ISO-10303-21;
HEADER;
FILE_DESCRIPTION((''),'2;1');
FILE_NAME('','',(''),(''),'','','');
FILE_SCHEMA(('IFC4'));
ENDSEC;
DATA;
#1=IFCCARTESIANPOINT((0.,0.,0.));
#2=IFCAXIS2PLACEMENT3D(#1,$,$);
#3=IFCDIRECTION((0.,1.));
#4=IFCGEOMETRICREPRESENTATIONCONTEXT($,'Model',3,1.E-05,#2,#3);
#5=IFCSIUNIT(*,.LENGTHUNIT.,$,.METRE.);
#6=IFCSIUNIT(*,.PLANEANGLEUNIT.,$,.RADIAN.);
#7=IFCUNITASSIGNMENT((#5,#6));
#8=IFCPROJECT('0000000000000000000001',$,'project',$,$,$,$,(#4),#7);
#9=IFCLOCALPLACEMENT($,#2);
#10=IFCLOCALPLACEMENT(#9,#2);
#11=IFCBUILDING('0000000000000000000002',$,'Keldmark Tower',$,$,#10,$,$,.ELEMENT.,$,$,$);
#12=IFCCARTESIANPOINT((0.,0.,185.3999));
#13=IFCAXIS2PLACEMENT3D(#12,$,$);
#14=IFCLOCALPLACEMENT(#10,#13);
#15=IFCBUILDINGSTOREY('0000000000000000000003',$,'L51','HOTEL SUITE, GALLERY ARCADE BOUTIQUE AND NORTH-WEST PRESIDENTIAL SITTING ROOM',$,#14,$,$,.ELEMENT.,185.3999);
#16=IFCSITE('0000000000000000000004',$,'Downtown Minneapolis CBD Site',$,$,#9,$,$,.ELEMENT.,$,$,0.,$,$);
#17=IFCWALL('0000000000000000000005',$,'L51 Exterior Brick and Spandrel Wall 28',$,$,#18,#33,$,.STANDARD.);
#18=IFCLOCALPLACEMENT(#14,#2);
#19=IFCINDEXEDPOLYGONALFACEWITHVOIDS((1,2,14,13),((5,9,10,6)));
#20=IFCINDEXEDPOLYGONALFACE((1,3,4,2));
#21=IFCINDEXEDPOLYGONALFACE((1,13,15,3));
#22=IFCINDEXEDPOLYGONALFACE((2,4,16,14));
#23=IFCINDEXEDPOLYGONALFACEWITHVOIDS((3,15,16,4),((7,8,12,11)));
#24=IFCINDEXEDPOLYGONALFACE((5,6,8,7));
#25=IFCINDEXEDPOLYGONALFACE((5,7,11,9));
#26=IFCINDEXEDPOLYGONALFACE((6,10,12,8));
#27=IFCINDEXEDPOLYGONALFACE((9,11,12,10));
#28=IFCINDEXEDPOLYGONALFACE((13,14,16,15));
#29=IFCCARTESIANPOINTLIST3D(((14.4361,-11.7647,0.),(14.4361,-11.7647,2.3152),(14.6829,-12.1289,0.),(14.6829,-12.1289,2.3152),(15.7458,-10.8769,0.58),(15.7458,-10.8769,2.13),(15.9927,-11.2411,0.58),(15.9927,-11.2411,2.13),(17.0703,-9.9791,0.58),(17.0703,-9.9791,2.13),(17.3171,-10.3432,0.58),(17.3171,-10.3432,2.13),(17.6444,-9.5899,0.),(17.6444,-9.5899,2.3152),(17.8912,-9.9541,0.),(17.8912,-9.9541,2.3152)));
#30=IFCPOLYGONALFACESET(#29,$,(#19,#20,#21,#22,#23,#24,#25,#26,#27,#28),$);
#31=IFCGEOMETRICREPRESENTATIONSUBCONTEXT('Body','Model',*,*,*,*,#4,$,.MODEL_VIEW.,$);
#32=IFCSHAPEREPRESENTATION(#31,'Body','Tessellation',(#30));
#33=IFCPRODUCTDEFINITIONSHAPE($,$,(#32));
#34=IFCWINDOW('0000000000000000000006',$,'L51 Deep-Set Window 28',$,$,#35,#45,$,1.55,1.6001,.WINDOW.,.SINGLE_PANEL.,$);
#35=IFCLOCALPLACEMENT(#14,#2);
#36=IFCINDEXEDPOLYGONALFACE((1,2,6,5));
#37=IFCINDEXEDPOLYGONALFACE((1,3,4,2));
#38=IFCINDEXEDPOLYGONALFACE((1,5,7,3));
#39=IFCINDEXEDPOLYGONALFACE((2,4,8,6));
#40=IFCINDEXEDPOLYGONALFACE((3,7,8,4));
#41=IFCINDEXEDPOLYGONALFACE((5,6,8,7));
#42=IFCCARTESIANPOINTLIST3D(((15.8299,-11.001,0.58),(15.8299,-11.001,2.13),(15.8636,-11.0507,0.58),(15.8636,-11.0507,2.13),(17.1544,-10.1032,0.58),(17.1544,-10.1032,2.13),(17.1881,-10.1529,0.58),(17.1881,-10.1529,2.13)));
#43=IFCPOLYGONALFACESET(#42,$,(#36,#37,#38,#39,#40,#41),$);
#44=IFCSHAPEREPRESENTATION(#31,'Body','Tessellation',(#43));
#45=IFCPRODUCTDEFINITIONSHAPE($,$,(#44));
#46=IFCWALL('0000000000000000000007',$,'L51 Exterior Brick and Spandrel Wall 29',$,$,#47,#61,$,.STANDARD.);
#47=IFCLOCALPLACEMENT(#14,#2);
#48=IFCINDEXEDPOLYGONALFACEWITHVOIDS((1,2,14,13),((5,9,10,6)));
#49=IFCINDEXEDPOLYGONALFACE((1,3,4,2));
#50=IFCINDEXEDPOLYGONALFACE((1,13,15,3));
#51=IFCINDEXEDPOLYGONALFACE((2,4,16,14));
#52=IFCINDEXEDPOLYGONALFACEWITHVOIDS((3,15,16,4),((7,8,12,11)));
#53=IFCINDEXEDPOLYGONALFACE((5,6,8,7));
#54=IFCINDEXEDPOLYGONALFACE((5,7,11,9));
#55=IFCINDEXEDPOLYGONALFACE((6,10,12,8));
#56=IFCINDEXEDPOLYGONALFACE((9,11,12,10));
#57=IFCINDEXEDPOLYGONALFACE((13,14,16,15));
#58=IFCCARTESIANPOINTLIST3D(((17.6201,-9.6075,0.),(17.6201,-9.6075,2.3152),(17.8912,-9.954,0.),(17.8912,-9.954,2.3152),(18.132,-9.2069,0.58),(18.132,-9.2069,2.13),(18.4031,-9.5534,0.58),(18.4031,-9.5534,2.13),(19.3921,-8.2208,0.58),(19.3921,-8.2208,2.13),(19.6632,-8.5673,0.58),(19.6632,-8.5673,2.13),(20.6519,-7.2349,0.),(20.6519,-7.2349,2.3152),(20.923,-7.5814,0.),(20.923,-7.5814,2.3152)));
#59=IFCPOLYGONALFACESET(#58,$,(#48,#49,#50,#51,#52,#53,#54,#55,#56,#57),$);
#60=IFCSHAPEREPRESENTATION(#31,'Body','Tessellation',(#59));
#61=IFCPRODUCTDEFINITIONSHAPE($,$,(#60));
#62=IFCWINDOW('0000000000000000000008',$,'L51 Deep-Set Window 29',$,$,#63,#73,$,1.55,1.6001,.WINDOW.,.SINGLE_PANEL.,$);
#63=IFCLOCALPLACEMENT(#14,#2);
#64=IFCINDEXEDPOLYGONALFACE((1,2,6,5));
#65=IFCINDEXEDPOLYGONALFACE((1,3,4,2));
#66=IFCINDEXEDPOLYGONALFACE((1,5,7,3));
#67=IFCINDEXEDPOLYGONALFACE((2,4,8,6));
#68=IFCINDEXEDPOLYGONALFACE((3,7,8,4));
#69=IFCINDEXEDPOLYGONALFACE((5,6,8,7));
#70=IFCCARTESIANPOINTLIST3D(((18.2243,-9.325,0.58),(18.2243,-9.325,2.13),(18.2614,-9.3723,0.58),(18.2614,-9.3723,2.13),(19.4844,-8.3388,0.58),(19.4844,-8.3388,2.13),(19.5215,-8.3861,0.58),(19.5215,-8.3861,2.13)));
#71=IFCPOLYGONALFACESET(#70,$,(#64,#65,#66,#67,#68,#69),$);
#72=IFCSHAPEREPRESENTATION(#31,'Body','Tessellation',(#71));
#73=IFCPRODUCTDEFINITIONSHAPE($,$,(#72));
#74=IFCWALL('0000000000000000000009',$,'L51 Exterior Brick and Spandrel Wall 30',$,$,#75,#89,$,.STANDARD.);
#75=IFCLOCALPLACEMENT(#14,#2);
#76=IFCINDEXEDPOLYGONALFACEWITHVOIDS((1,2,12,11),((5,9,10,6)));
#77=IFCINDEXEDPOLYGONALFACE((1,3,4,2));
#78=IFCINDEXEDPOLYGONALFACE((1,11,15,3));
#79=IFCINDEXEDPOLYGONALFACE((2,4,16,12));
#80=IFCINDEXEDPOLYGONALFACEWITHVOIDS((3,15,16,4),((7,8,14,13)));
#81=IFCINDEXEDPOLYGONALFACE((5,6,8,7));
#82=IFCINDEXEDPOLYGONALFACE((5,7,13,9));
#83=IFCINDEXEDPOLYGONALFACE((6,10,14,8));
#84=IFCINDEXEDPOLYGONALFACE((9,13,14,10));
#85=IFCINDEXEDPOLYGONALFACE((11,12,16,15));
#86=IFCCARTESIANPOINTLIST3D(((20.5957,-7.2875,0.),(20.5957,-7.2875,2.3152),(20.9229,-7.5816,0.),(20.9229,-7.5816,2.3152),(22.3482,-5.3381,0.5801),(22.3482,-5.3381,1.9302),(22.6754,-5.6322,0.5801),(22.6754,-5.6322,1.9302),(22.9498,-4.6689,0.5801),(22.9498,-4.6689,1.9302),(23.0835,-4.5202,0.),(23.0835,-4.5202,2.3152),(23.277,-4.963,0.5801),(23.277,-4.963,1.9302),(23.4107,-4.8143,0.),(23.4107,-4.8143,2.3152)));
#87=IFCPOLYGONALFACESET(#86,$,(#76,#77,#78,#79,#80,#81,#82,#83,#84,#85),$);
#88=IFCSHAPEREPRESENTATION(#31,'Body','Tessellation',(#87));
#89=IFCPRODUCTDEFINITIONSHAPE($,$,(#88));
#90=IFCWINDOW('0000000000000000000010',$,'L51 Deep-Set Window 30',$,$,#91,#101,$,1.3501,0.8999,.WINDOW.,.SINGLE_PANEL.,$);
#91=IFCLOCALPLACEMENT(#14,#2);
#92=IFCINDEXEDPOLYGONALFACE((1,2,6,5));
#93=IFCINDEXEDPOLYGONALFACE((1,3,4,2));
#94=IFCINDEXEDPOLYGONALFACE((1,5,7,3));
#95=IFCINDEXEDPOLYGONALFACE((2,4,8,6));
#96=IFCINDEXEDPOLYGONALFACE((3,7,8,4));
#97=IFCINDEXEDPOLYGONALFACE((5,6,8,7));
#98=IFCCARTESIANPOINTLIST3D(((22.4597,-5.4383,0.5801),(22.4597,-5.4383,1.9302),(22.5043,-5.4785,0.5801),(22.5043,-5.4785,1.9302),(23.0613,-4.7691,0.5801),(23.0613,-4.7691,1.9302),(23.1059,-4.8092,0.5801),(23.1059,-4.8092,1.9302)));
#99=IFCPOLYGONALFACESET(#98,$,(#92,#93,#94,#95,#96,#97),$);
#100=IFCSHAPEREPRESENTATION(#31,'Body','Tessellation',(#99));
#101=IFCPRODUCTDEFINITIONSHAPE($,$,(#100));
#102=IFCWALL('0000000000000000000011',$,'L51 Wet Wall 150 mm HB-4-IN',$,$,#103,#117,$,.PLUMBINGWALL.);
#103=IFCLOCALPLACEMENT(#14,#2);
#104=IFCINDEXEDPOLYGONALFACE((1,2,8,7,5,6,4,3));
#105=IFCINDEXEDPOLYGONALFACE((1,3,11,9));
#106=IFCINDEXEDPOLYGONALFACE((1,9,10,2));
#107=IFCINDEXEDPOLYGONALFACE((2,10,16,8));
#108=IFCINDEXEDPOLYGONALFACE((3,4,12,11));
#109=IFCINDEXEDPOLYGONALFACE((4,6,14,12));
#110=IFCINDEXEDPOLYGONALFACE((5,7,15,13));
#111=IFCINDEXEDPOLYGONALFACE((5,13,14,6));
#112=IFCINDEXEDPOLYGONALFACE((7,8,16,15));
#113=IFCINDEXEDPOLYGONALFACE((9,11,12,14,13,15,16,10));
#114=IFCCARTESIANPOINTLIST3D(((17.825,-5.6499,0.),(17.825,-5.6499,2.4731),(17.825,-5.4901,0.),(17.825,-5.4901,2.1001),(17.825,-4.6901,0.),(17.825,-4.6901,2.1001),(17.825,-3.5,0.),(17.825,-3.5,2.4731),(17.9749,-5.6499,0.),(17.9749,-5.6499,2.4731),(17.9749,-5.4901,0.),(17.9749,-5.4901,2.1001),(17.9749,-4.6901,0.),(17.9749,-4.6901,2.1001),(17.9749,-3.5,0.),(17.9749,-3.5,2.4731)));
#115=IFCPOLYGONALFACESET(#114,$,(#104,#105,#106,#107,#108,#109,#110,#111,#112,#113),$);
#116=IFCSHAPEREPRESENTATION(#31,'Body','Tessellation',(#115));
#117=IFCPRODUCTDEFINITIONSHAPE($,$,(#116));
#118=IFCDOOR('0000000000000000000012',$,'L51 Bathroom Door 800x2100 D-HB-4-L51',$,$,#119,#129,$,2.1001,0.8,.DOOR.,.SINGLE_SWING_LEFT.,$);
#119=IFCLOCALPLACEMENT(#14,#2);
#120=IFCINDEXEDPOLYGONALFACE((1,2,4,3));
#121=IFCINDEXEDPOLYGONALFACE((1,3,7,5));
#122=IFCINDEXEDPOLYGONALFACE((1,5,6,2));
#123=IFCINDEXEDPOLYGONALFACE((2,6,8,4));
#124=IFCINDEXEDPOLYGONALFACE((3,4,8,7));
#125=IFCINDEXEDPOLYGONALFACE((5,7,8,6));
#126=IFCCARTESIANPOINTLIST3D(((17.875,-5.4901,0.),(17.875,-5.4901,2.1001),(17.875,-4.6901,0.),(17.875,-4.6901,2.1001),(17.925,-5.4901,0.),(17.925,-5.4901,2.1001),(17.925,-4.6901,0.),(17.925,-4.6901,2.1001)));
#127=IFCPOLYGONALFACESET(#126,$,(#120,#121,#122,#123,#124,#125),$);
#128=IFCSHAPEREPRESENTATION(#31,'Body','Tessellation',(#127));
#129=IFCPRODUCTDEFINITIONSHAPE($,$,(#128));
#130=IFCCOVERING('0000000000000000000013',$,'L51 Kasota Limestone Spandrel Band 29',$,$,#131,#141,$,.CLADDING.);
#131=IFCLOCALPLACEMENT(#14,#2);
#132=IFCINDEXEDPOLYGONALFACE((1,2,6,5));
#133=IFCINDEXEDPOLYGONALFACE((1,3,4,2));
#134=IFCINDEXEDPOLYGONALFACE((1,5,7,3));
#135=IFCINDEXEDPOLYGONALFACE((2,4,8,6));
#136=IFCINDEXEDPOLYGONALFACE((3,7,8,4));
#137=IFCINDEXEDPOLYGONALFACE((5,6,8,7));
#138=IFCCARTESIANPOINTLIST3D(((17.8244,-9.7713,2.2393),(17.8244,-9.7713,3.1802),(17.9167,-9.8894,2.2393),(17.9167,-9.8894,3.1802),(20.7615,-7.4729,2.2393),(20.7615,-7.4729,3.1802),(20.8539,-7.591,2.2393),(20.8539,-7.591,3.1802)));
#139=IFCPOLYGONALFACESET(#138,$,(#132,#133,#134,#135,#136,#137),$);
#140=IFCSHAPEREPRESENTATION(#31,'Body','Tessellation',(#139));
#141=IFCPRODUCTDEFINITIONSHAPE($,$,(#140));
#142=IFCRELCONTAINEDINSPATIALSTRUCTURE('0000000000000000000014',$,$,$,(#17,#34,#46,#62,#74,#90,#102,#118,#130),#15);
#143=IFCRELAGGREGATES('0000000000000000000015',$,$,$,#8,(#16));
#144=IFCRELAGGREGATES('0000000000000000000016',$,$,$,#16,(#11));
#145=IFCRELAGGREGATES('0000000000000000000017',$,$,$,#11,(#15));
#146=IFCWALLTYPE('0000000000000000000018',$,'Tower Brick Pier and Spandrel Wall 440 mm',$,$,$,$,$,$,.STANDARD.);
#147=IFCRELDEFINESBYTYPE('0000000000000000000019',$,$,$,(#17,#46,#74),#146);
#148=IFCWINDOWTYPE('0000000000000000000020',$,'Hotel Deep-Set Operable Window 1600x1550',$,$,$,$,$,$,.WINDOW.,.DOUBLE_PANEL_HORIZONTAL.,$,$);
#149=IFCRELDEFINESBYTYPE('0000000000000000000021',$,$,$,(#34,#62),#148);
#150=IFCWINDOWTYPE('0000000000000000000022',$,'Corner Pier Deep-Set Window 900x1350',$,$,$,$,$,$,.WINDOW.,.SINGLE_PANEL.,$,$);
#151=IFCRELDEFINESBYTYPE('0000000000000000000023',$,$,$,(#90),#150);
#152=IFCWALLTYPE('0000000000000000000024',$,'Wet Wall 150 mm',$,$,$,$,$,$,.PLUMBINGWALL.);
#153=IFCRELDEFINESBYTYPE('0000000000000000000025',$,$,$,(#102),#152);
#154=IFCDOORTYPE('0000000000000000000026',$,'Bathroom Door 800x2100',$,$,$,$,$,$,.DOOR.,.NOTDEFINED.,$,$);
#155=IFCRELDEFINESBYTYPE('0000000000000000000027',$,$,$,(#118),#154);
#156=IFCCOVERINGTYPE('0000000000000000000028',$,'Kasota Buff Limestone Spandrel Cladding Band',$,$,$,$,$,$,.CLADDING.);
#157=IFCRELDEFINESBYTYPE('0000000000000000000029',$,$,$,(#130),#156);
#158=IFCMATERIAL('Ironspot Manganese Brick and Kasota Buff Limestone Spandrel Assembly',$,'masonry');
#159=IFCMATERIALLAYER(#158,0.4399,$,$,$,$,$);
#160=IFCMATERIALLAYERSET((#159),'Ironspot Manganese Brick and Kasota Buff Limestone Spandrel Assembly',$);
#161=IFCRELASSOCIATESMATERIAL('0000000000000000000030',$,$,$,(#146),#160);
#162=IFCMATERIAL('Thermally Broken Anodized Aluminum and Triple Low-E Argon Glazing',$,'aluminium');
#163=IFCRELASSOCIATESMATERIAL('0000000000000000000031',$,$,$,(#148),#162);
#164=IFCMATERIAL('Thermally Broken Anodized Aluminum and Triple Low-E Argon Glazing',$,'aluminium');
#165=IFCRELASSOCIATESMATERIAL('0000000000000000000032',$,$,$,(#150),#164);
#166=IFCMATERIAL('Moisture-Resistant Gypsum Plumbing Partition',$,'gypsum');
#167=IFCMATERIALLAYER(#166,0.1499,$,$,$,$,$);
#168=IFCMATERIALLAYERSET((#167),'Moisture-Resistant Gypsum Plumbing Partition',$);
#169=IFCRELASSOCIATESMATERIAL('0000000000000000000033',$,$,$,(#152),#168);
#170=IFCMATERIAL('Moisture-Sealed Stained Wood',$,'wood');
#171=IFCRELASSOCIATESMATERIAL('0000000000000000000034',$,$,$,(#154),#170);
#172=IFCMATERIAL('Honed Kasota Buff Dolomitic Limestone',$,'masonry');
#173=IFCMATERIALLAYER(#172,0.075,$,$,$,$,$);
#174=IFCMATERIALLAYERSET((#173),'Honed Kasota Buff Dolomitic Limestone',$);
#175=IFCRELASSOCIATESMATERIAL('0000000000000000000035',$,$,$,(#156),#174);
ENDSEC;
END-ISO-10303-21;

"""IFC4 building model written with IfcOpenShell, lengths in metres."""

from ifc_helpers import new_model, si_unit, direction, frame, frame_2d, origin, origin_2d, place, context, subcontext, project, spatial, rectangle, extrude, material, layer, layer_set, type_object, element, fill, save


model = new_model("IFC4")

# Units and contexts
model_context = context("Model", 3, precision=1e-05, world=origin(), true_north=direction((0.0, 1.0)))
body_context = subcontext(model_context, "Body", "Model", "MODEL_VIEW")
ifc_project = project(units=[si_unit("LENGTHUNIT", "METRE"), si_unit("PLANEANGLEUNIT", "RADIAN")], contexts=[model_context])

# Site, building, storey
site_placement = place(None, origin())
site = spatial("IfcSite", under=ifc_project, at=site_placement, Name="Downtown Minneapolis CBD Site", CompositionType="ELEMENT", RefElevation=0.0)
building_placement = place(site_placement, origin())
building = spatial("IfcBuilding", under=site, at=building_placement, Name="Keldmark Tower", CompositionType="ELEMENT")
storey_placement = place(building_placement, frame((0.0, 0.0, 185.3999)))
storey = spatial("IfcBuildingStorey", under=building, at=storey_placement, Name="L51", Description="HOTEL SUITE, GALLERY ARCADE BOUTIQUE AND NORTH-WEST PRESIDENTIAL SITTING ROOM", CompositionType="ELEMENT", Elevation=185.3999)

# Walls, openings, windows
ifc_material_1 = material(Name="Ironspot Manganese Brick and Kasota Buff Limestone Spandrel Assembly", Category="masonry")
ifc_layer_1 = layer(ifc_material_1, 0.4399)
ifc_layer_set_1 = layer_set([ifc_layer_1], Name="Ironspot Manganese Brick and Kasota Buff Limestone Spandrel Assembly")
wall_type_1 = type_object("IfcWallType", Name="Tower Brick Pier and Spandrel Wall 440 mm", PredefinedType="STANDARD", material=ifc_layer_set_1)
wall_1_placement = place(storey_placement, frame((17.7678, -9.772, 0.0), z_axis=(0.0, 0.0, 1.0), x_axis=(-0.827742, -0.561109, 0.0)))
wall_1 = element("IfcWall", 1, at=wall_1_placement, inside=storey, type_object=wall_type_1, Name="L51 Exterior Brick and Spandrel Wall 28", PredefinedType="STANDARD", context=body_context, shape_type="SweptSolid", body=[
    extrude(rectangle(XDim=3.876, YDim=0.4399, at=frame_2d((1.938, 0.0))), origin(), (0.0, 0.0, 1.0), 2.3152),
])
opening_1_placement = place(wall_1_placement, frame((0.6936, 0.0, 0.5801)))
opening_1 = element("IfcOpeningElement", 2, at=opening_1_placement, cuts=wall_1, PredefinedType="OPENING", context=body_context, shape_type="SweptSolid", body=[
    extrude(rectangle(XDim=1.6001, YDim=1.55, at=frame_2d((0.8, 0.7749))), frame((0.0, 0.23, 0.0), z_axis=(0.0, -1.0, 0.0), x_axis=(1.0, 0.0, 0.0)), (0.0, 0.0, 1.0), 0.46),
])
ifc_material_2 = material(Name="Thermally Broken Anodized Aluminum and Triple Low-E Argon Glazing", Category="aluminium")
window_type_1 = type_object("IfcWindowType", Name="Hotel Deep-Set Operable Window 1600x1550", PartitioningType="DOUBLE_PANEL_HORIZONTAL", PredefinedType="WINDOW", material=ifc_material_2)
window_1_placement = place(opening_1_placement, origin())
window_1 = element("IfcWindow", 3, at=window_1_placement, inside=storey, type_object=window_type_1, Name="L51 Deep-Set Window 28", OverallHeight=1.55, OverallWidth=1.6001, PartitioningType="SINGLE_PANEL", PredefinedType="WINDOW", context=body_context, shape_type="SweptSolid", body=[
    extrude(rectangle(XDim=1.6001, YDim=1.55, at=frame_2d((0.8, 0.7749))), frame((0.0, -0.01, 0.0), z_axis=(0.0, -1.0, 0.0), x_axis=(1.0, 0.0, 0.0)), (0.0, 0.0, 1.0), 0.0601),
])
fill(opening_1, window_1)
wall_2_placement = place(storey_placement, frame((20.7874, -7.4082, 0.0), z_axis=(0.0, 0.0, 1.0), x_axis=(-0.787518, -0.616291, 0.0)))
wall_2 = element("IfcWall", 4, at=wall_2_placement, inside=storey, type_object=wall_type_1, Name="L51 Exterior Brick and Spandrel Wall 29", PredefinedType="STANDARD", context=body_context, shape_type="SweptSolid", body=[
    extrude(rectangle(XDim=3.8499, YDim=0.4399, at=frame_2d((1.9248, 0.0))), origin(), (0.0, 0.0, 1.0), 2.3152),
])
opening_2_placement = place(wall_2_placement, frame((1.5996, 0.0, 0.5801)))
opening_2 = element("IfcOpeningElement", 5, at=opening_2_placement, cuts=wall_2, PredefinedType="OPENING", context=body_context, shape_type="SweptSolid", body=[
    extrude(rectangle(XDim=1.6001, YDim=1.55, at=frame_2d((0.8, 0.7749))), frame((0.0, 0.23, 0.0), z_axis=(0.0, -1.0, 0.0), x_axis=(1.0, 0.0, 0.0)), (0.0, 0.0, 1.0), 0.46),
])
window_2_placement = place(opening_2_placement, origin())
window_2 = element("IfcWindow", 6, at=window_2_placement, inside=storey, type_object=window_type_1, Name="L51 Deep-Set Window 29", OverallHeight=1.55, OverallWidth=1.6001, PartitioningType="SINGLE_PANEL", PredefinedType="WINDOW", context=body_context, shape_type="SweptSolid", body=[
    extrude(rectangle(XDim=1.6001, YDim=1.55, at=frame_2d((0.8, 0.7749))), frame((0.0, -0.01, 0.0), z_axis=(0.0, -1.0, 0.0), x_axis=(1.0, 0.0, 0.0)), (0.0, 0.0, 1.0), 0.0601),
])
fill(opening_2, window_2)
wall_3_placement = place(storey_placement, frame((23.2471, -4.6672, 0.0), z_axis=(0.0, 0.0, 1.0), x_axis=(-0.668548, -0.743669, 0.0)))
wall_3 = element("IfcWall", 7, at=wall_3_placement, inside=storey, type_object=wall_type_1, Name="L51 Exterior Brick and Spandrel Wall 30", PredefinedType="STANDARD", context=body_context, shape_type="SweptSolid", body=[
    extrude(rectangle(XDim=3.7212, YDim=0.4399, at=frame_2d((1.8606, 0.0))), origin(), (0.0, 0.0, 1.0), 2.3152),
])
opening_3_placement = place(wall_3_placement, frame((0.2, 0.0, 0.5801)))
opening_3 = element("IfcOpeningElement", 8, at=opening_3_placement, cuts=wall_3, PredefinedType="OPENING", context=body_context, shape_type="SweptSolid", body=[
    extrude(rectangle(XDim=0.8999, YDim=1.3501, at=frame_2d((0.45, 0.675))), frame((0.0, 0.23, 0.0), z_axis=(0.0, -1.0, 0.0), x_axis=(1.0, 0.0, 0.0)), (0.0, 0.0, 1.0), 0.46),
])
ifc_material_3 = material(Name="Thermally Broken Anodized Aluminum and Triple Low-E Argon Glazing", Category="aluminium")
window_type_2 = type_object("IfcWindowType", Name="Corner Pier Deep-Set Window 900x1350", PartitioningType="SINGLE_PANEL", PredefinedType="WINDOW", material=ifc_material_3)
window_3_placement = place(opening_3_placement, origin())
window_3 = element("IfcWindow", 9, at=window_3_placement, inside=storey, type_object=window_type_2, Name="L51 Deep-Set Window 30", OverallHeight=1.3501, OverallWidth=0.8999, PartitioningType="SINGLE_PANEL", PredefinedType="WINDOW", context=body_context, shape_type="SweptSolid", body=[
    extrude(rectangle(XDim=0.8999, YDim=1.3501, at=frame_2d((0.45, 0.675))), frame((0.0, -0.01, 0.0), z_axis=(0.0, -1.0, 0.0), x_axis=(1.0, 0.0, 0.0)), (0.0, 0.0, 1.0), 0.0601),
])
fill(opening_3, window_3)

# Wall, opening, door
ifc_material_4 = material(Name="Moisture-Resistant Gypsum Plumbing Partition", Category="gypsum")
ifc_layer_2 = layer(ifc_material_4, 0.1499)
ifc_layer_set_2 = layer_set([ifc_layer_2], Name="Moisture-Resistant Gypsum Plumbing Partition")
wall_type_2 = type_object("IfcWallType", Name="Wet Wall 150 mm", PredefinedType="PLUMBINGWALL", material=ifc_layer_set_2)
wall_4_placement = place(storey_placement, frame((17.8999, -5.6499, 0.0), z_axis=(0.0, 0.0, 1.0), x_axis=(0.0, 1.0, 0.0)))
wall_4 = element("IfcWall", 10, at=wall_4_placement, inside=storey, type_object=wall_type_2, Name="L51 Wet Wall 150 mm HB-4-IN", PredefinedType="PLUMBINGWALL", context=body_context, shape_type="SweptSolid", body=[
    extrude(rectangle(XDim=2.1499, YDim=0.1499, at=frame_2d((1.075, 0.0))), origin(), (0.0, 0.0, 1.0), 2.4731),
])
opening_4_placement = place(wall_4_placement, frame((0.1599, 0.0, 0.0)))
opening_4 = element("IfcOpeningElement", 11, at=opening_4_placement, cuts=wall_4, PredefinedType="OPENING", context=body_context, shape_type="SweptSolid", body=[
    extrude(rectangle(XDim=0.8, YDim=2.1001, at=frame_2d((0.3999, 1.05))), frame((0.0, 0.085, 0.0), z_axis=(0.0, -1.0, 0.0), x_axis=(1.0, 0.0, 0.0)), (0.0, 0.0, 1.0), 0.1699),
])
ifc_material_5 = material(Name="Moisture-Sealed Stained Wood", Category="wood")
door_type = type_object("IfcDoorType", Name="Bathroom Door 800x2100", OperationType="NOTDEFINED", PredefinedType="DOOR", material=ifc_material_5)
door_placement = place(opening_4_placement, origin())
door = element("IfcDoor", 12, at=door_placement, inside=storey, type_object=door_type, Name="L51 Bathroom Door 800x2100 D-HB-4-L51", OperationType="SINGLE_SWING_LEFT", OverallHeight=2.1001, OverallWidth=0.8, PredefinedType="DOOR", context=body_context, shape_type="SweptSolid", body=[
    extrude(rectangle(XDim=0.8, YDim=2.1001, at=frame_2d((0.3999, 1.05))), frame((0.0, 0.0249, 0.0), z_axis=(0.0, -1.0, 0.0), x_axis=(1.0, 0.0, 0.0)), (0.0, 0.0, 1.0), 0.05),
])
fill(opening_4, door)

# Covering
ifc_material_6 = material(Name="Honed Kasota Buff Dolomitic Limestone", Category="masonry")
ifc_layer_3 = layer(ifc_material_6, 0.075)
ifc_layer_set_3 = layer_set([ifc_layer_3], Name="Honed Kasota Buff Dolomitic Limestone")
covering_type = type_object("IfcCoveringType", Name="Kasota Buff Limestone Spandrel Cladding Band", PredefinedType="CLADDING", material=ifc_layer_set_3)
covering_placement = place(storey_placement, frame((19.3391, -8.6812, 2.2393), z_axis=(0.0, 0.0, 1.0), x_axis=(0.787538, 0.616266, 0.0)))
element("IfcCovering", 13, at=covering_placement, inside=storey, type_object=covering_type, Name="L51 Kasota Limestone Spandrel Band 29", PredefinedType="CLADDING", context=body_context, shape_type="SweptSolid", body=[
    extrude(rectangle(XDim=3.7295, YDim=0.1499, at=origin_2d()), origin(), (0.0, 0.0, 1.0), 0.9409),
])

save(model, "model.ifc")
